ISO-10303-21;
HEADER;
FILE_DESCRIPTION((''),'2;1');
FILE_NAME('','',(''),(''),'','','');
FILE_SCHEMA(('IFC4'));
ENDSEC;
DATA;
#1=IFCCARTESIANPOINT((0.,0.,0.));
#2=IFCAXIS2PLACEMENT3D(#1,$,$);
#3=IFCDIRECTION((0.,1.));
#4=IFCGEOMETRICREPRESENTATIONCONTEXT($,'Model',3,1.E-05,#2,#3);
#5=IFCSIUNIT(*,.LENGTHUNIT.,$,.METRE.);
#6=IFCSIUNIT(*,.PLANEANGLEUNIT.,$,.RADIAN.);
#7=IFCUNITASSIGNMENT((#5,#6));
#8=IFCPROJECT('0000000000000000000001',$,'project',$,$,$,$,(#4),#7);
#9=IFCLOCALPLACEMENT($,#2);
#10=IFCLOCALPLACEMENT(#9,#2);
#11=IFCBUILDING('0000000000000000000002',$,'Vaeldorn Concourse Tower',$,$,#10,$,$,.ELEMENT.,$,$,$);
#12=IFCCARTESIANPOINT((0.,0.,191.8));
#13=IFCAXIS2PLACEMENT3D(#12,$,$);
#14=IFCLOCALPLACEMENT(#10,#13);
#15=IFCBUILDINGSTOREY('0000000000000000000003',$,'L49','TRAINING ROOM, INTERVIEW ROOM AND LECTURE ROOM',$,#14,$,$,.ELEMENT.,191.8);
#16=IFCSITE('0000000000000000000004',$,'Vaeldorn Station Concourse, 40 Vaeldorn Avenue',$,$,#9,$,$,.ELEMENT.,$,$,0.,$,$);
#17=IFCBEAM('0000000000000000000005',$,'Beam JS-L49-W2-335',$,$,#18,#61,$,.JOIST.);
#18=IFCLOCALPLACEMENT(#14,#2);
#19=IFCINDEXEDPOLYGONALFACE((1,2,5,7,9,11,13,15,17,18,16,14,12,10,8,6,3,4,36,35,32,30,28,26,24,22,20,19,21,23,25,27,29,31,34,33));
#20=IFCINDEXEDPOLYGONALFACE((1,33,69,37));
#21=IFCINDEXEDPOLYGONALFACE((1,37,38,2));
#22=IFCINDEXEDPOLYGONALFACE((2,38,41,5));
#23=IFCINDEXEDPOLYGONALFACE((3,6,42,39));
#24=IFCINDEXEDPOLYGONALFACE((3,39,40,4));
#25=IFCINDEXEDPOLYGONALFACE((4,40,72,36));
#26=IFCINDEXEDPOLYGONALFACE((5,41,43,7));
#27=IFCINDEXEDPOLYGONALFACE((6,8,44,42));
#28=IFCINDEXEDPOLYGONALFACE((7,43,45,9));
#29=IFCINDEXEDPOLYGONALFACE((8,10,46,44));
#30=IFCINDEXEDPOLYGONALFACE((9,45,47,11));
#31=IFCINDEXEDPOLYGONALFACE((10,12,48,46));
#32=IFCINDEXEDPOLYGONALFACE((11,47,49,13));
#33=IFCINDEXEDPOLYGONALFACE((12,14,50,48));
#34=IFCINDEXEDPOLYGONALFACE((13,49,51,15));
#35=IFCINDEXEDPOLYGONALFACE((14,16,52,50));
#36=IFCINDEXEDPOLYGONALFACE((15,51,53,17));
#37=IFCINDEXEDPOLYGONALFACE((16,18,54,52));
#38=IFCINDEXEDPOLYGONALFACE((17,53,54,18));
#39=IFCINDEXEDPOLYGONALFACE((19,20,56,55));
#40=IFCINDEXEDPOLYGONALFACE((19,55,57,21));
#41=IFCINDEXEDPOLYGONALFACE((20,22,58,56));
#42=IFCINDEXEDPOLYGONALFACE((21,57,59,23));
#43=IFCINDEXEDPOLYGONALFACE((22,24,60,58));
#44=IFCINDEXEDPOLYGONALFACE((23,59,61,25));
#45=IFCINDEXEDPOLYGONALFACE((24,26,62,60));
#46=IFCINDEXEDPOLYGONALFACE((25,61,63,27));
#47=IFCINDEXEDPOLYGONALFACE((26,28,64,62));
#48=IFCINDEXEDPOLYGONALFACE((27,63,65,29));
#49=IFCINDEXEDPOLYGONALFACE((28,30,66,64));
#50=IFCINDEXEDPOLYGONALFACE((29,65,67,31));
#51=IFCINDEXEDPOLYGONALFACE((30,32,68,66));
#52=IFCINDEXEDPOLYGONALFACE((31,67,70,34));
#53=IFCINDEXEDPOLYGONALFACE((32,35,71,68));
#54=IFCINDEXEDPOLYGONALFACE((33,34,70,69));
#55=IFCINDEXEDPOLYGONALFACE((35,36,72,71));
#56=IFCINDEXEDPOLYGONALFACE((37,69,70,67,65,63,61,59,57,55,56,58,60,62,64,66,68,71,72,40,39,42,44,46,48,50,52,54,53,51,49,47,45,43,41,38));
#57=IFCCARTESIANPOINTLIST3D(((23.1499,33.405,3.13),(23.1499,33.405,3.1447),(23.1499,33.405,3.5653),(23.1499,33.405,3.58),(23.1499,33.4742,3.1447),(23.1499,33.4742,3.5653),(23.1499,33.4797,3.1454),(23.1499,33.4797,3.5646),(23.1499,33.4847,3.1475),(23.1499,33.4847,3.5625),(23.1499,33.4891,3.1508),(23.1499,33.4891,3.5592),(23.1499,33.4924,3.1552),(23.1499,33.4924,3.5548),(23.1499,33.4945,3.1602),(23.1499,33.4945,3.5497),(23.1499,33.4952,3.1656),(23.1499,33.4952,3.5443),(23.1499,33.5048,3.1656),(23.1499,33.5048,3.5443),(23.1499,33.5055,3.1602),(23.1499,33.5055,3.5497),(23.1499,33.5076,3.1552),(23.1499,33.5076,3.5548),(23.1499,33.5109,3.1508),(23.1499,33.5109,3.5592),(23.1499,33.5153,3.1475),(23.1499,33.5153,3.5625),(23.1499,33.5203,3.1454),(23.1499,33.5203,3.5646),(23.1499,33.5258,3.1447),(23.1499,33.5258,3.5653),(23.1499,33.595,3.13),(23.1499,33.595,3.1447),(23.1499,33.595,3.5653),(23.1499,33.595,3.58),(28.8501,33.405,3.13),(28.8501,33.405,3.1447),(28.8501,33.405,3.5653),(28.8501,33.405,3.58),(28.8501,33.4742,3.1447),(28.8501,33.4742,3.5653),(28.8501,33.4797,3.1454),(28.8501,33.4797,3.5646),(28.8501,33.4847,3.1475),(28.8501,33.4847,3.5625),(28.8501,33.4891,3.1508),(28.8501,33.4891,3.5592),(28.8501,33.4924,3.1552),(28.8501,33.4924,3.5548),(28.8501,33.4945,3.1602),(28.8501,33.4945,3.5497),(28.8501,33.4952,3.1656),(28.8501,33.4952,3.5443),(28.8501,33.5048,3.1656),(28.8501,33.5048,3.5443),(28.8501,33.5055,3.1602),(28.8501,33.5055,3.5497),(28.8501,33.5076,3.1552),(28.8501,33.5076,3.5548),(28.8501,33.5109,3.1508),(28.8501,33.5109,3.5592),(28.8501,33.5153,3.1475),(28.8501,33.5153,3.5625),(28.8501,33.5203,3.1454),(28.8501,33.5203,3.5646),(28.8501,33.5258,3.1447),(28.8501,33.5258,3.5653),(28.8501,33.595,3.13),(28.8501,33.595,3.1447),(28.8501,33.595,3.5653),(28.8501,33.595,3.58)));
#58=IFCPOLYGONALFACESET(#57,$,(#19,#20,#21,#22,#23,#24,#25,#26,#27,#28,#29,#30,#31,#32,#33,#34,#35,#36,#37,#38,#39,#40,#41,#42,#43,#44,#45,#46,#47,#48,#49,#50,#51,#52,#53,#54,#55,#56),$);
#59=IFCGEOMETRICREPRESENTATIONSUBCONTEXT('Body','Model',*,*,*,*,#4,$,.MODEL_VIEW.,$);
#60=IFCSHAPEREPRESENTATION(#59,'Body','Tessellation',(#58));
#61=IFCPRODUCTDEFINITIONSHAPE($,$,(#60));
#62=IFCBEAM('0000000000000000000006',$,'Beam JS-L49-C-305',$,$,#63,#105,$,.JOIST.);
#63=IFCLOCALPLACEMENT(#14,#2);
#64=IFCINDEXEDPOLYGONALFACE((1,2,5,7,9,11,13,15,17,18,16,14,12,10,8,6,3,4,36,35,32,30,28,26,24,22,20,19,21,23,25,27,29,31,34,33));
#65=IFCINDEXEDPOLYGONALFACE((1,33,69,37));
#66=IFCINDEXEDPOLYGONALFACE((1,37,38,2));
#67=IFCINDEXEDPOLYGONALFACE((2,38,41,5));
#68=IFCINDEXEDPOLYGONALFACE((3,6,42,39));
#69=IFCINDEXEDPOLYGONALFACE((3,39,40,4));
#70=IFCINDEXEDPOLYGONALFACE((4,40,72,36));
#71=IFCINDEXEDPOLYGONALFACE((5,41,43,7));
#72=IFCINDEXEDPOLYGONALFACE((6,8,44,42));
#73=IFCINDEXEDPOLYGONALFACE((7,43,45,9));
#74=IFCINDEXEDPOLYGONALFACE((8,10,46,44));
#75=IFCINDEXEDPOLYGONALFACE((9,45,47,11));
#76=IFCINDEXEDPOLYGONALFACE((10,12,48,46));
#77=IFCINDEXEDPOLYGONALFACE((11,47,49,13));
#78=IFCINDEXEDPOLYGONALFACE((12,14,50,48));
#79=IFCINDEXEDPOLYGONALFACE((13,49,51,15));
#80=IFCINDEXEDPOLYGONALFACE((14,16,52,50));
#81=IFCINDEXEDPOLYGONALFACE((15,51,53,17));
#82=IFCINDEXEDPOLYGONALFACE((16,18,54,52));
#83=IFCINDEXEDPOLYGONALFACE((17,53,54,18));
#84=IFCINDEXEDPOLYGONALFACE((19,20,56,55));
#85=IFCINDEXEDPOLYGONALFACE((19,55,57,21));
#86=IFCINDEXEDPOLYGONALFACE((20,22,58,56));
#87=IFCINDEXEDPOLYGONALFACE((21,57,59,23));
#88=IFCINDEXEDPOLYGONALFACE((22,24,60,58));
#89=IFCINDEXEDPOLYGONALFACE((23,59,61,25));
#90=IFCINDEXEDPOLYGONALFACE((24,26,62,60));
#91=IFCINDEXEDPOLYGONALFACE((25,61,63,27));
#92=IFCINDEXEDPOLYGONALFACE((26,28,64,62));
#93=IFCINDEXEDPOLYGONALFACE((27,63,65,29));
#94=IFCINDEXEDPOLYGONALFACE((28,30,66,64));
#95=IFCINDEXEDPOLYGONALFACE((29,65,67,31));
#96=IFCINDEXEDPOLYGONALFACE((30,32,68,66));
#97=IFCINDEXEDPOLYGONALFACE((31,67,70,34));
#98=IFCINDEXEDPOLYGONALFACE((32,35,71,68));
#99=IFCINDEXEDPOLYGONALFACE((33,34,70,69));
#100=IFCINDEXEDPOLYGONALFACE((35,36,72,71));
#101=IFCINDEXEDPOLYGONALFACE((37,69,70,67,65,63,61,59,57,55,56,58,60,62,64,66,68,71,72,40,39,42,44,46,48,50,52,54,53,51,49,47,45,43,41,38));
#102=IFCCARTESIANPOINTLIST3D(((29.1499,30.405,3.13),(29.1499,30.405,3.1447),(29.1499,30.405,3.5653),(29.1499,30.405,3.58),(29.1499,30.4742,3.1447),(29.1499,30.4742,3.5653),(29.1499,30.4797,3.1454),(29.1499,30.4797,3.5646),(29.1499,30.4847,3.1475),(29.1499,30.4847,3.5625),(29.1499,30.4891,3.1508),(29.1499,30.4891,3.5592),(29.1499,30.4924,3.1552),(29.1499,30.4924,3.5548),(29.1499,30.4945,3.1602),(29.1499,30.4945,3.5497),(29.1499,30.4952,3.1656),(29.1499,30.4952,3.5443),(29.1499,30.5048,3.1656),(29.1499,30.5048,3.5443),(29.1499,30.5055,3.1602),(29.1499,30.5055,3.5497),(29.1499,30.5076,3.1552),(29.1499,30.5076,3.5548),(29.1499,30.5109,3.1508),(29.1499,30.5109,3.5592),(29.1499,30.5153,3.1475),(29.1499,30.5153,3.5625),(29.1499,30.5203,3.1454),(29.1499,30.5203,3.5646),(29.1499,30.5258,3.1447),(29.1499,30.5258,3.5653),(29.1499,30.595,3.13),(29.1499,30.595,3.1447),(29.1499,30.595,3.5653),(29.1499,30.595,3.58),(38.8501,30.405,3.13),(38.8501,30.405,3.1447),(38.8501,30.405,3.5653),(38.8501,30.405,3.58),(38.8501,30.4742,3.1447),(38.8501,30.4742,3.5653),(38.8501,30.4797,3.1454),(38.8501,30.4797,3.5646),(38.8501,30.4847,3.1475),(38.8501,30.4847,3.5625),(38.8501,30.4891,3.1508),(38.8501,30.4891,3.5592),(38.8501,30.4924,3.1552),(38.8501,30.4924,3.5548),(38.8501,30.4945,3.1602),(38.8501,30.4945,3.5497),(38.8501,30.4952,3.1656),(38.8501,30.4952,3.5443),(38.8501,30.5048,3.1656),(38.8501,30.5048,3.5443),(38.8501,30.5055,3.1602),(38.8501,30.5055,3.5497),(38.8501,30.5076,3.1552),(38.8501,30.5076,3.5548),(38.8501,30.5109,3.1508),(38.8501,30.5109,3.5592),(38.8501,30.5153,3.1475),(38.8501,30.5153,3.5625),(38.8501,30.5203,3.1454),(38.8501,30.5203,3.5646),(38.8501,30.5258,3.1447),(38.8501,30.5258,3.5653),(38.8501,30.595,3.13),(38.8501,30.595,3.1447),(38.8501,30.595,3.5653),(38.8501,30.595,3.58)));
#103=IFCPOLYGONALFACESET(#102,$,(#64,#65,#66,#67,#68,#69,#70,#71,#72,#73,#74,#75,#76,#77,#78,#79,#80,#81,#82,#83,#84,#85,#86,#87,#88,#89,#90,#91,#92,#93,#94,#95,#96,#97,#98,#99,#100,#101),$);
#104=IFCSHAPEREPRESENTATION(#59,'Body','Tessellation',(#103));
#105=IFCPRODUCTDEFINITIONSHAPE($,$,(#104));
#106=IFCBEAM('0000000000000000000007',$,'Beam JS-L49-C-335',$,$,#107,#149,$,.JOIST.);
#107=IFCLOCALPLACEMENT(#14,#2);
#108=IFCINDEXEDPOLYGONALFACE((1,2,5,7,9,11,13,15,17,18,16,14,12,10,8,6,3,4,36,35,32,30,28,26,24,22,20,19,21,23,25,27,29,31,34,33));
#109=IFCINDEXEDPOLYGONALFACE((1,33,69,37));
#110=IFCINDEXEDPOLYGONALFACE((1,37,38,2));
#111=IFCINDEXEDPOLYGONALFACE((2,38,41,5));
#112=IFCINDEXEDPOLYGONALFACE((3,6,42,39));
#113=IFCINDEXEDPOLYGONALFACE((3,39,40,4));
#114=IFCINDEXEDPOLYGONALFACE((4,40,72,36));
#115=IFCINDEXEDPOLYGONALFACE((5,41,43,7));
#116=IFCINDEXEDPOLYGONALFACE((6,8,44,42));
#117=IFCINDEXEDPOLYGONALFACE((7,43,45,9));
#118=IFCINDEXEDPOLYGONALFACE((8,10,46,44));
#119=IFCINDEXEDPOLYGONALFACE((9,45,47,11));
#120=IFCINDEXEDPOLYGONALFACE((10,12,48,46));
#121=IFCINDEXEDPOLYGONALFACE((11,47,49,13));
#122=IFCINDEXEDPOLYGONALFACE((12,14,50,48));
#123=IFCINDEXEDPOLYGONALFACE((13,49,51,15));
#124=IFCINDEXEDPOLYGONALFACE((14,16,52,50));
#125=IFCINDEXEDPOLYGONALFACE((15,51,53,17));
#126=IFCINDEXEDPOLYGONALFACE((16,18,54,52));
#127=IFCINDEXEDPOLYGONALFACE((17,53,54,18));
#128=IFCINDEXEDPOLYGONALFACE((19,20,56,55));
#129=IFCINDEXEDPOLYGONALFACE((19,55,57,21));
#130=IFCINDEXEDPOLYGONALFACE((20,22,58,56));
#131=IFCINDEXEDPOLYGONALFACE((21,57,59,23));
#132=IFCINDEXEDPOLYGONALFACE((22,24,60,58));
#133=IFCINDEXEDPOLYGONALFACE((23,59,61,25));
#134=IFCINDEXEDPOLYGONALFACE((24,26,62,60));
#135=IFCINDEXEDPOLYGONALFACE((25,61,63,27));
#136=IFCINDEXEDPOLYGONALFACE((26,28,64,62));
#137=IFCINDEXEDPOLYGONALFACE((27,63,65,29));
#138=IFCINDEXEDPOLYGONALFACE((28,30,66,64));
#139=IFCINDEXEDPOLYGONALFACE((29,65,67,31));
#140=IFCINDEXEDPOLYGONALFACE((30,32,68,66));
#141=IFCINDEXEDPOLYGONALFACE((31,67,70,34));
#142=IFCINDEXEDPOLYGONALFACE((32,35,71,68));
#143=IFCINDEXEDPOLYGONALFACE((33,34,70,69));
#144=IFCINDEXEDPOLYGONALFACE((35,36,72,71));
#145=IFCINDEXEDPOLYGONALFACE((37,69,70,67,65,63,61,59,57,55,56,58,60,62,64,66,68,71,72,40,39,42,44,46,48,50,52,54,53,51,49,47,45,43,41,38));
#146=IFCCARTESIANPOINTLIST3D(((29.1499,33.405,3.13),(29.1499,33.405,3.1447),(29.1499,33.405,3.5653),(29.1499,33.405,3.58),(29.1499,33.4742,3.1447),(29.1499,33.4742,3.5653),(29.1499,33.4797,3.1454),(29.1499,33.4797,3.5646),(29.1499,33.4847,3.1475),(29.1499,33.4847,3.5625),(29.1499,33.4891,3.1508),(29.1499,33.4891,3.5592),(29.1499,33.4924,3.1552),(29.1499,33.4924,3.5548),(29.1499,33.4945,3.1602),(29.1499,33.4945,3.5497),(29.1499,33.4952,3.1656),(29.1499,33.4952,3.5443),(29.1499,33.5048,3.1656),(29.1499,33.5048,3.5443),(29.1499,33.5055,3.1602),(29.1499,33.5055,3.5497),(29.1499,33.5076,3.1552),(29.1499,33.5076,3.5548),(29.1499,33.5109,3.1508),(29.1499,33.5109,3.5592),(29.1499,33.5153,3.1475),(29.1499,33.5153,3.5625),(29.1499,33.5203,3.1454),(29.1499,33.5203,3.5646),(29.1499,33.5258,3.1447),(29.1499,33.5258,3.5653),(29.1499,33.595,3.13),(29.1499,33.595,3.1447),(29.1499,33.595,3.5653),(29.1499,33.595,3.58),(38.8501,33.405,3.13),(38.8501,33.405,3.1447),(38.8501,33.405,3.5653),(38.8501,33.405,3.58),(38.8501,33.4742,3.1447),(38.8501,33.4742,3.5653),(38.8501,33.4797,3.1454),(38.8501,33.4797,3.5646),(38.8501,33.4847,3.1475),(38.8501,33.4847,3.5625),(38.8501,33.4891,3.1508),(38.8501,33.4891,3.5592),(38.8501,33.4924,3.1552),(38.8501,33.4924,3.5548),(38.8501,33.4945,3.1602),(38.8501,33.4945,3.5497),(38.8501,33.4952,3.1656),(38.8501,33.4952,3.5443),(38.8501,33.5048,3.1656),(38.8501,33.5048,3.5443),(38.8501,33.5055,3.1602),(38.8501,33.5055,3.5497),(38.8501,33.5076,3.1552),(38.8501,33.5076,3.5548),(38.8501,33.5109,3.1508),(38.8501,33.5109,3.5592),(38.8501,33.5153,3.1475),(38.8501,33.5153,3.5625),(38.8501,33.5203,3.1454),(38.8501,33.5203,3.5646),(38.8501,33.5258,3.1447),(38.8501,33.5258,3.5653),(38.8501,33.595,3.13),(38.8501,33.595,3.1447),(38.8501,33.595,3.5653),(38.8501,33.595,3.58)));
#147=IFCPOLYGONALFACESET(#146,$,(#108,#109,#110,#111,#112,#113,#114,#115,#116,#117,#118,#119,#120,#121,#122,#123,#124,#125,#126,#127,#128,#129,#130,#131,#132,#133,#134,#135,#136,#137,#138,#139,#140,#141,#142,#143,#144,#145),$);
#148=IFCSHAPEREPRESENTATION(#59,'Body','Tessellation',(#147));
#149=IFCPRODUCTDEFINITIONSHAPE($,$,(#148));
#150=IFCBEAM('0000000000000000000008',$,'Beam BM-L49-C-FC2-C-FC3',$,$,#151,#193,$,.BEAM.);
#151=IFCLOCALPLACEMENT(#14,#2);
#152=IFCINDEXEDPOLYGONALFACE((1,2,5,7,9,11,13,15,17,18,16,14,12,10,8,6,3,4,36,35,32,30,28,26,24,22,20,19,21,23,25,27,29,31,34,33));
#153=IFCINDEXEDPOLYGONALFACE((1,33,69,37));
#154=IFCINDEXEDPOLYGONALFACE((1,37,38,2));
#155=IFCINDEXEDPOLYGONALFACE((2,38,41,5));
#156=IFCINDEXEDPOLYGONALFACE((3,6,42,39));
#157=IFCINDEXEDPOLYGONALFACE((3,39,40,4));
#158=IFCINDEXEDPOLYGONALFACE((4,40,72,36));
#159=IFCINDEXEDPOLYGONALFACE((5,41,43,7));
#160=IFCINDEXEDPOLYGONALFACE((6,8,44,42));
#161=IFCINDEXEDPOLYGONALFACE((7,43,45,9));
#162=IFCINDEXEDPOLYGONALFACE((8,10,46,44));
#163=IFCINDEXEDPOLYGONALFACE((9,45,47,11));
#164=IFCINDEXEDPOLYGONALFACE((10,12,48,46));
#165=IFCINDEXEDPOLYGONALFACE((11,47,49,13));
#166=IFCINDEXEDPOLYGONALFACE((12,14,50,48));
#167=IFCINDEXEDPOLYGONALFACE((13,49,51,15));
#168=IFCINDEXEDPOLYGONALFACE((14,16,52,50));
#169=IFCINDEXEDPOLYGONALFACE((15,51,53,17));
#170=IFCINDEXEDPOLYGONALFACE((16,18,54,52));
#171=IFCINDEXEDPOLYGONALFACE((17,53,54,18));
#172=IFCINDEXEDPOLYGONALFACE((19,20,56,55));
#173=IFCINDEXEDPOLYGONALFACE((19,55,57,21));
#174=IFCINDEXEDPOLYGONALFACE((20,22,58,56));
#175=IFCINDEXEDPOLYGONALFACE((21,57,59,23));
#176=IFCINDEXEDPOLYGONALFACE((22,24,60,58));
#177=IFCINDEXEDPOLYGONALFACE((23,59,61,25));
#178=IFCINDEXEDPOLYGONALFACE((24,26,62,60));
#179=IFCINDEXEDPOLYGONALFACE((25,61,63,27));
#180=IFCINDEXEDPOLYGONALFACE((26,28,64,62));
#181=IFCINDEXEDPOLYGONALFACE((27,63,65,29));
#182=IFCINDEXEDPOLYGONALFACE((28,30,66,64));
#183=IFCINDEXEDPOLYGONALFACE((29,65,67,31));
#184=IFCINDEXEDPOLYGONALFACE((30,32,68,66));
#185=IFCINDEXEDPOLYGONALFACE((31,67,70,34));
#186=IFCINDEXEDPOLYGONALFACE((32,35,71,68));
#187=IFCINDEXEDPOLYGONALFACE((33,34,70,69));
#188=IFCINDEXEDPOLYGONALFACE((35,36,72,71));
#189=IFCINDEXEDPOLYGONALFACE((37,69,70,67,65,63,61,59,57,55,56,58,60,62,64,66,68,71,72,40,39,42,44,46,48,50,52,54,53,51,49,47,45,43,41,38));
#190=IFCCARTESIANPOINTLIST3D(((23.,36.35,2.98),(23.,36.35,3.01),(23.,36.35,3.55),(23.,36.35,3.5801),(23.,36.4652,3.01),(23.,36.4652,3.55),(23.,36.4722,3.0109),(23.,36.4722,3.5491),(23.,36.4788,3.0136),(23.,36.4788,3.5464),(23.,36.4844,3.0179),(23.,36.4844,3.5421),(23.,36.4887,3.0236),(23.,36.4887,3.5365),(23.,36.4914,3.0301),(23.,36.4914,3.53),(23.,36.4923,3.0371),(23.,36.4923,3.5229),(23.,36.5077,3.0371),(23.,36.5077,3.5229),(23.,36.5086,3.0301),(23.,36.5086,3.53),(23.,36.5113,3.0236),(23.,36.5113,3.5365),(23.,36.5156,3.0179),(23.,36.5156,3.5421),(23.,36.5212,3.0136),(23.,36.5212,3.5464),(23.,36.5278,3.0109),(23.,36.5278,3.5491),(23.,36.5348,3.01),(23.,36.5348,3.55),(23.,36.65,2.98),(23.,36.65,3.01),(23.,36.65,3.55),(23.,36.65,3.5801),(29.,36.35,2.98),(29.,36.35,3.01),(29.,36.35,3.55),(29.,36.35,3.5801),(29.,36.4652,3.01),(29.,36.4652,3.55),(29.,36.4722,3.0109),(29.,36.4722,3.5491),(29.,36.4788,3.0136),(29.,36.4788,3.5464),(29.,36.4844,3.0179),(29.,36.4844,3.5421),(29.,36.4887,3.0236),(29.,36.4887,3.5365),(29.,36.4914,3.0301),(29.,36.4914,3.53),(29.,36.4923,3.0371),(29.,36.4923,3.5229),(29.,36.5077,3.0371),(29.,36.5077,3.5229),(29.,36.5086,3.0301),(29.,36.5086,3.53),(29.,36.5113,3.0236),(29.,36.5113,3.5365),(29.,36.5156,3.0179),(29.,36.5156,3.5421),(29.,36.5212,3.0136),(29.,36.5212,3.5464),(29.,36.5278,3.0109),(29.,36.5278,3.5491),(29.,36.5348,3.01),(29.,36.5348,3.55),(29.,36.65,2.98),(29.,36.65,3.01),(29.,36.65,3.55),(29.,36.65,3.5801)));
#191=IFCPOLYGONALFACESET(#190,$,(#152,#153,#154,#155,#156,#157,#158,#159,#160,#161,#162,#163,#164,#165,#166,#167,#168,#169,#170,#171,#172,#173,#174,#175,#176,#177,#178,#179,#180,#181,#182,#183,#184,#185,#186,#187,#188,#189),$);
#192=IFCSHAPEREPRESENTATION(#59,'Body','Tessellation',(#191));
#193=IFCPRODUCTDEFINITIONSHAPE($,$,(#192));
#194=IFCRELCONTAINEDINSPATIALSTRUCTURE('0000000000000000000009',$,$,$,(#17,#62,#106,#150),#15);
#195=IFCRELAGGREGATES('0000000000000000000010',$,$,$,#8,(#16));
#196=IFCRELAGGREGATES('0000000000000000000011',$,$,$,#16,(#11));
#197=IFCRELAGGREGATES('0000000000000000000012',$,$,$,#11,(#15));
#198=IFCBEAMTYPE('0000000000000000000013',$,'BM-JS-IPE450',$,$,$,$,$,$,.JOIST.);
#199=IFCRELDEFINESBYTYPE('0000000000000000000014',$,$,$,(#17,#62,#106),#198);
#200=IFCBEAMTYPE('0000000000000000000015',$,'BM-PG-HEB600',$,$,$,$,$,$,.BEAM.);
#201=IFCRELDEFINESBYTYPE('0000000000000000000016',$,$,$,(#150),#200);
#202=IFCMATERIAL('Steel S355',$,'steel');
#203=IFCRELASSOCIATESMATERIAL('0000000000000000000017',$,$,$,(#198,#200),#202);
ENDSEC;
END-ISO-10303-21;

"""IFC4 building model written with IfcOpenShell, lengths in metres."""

from ifc_helpers import new_model, si_unit, direction, frame, origin, origin_2d, place, context, subcontext, project, spatial, i_section, extrude, source, transform, mapped, material, material_profile, profile_set, type_object, element, save


model = new_model("IFC4")

# Units and contexts
model_context = context("Model", 3, precision=1e-05, world=origin(), true_north=direction((0.0, 1.0)))
body_context = subcontext(model_context, "Body", "Model", "MODEL_VIEW")
ifc_project = project(units=[si_unit("LENGTHUNIT", "METRE"), si_unit("PLANEANGLEUNIT", "RADIAN")], contexts=[model_context])

# Site, building, storey
site_placement = place(None, origin())
site = spatial("IfcSite", under=ifc_project, at=site_placement, Name="Vaeldorn Station Concourse, 40 Vaeldorn Avenue", CompositionType="ELEMENT", RefElevation=0.0)
building_placement = place(site_placement, origin())
building = spatial("IfcBuilding", under=site, at=building_placement, Name="Vaeldorn Concourse Tower", CompositionType="ELEMENT")
storey_placement = place(building_placement, frame((0.0, 0.0, 191.8)))
storey = spatial("IfcBuildingStorey", under=building, at=storey_placement, Name="L49", Description="TRAINING ROOM, INTERVIEW ROOM AND LECTURE ROOM", CompositionType="ELEMENT", Elevation=191.8)

# Shared definitions
ifc_material_1 = material(Name="Steel S355", Category="steel")

# Beams
ifc_material_profile_1 = material_profile(ifc_material_1, i_section(OverallWidth=0.1899, OverallDepth=0.45, WebThickness=0.0095, FlangeThickness=0.0146, FilletRadius=0.021, at=origin_2d()), Name="IPE 450")
ifc_profile_set_1 = profile_set([ifc_material_profile_1], Name="Steel S355")
beam_type_1 = type_object("IfcBeamType", Name="BM-JS-IPE450", PredefinedType="JOIST", material=ifc_profile_set_1)
shared_shape_1 = source(origin(), body_context, "Body", "SweptSolid", [
    extrude(i_section(OverallWidth=0.1899, OverallDepth=0.45, WebThickness=0.0095, FlangeThickness=0.0146, FilletRadius=0.021, at=origin_2d()), origin(), (0.0, 0.0, 1.0), 5.7002),
])
for number, where, z_axis, x_axis, name in (
    (1, (23.1499, 33.5, 3.355), (1.0, 0.0, 0.0), (0.0, 1.0, 0.0), "Beam JS-L49-W2-335"),
):
    element("IfcBeam", number, at=place(storey_placement, frame(where, z_axis=z_axis, x_axis=x_axis)), inside=storey, type_object=beam_type_1, Name=name, PredefinedType="JOIST", context=body_context, shape_type="MappedRepresentation", body=[
        mapped(shared_shape_1, transform((0.0, 0.0, 0.0), scale=1.0)),
    ])
shared_shape_2 = source(origin(), body_context, "Body", "SweptSolid", [
    extrude(i_section(OverallWidth=0.1899, OverallDepth=0.45, WebThickness=0.0095, FlangeThickness=0.0146, FilletRadius=0.021, at=origin_2d()), origin(), (0.0, 0.0, 1.0), 9.7002),
])
for number, where, z_axis, x_axis, name in (
    (2, (29.1499, 30.5, 3.355), (1.0, 0.0, 0.0), (0.0, 1.0, 0.0), "Beam JS-L49-C-305"),
    (3, (29.1499, 33.5, 3.355), (1.0, 0.0, 0.0), (0.0, 1.0, 0.0), "Beam JS-L49-C-335"),
):
    element("IfcBeam", number, at=place(storey_placement, frame(where, z_axis=z_axis, x_axis=x_axis)), inside=storey, type_object=beam_type_1, Name=name, PredefinedType="JOIST", context=body_context, shape_type="MappedRepresentation", body=[
        mapped(shared_shape_2, transform((0.0, 0.0, 0.0), scale=1.0)),
    ])
ifc_material_profile_2 = material_profile(ifc_material_1, i_section(OverallWidth=0.3, OverallDepth=0.6001, WebThickness=0.0154, FlangeThickness=0.03, FilletRadius=0.0271, at=origin_2d()), Name="HEB 600")
ifc_profile_set_2 = profile_set([ifc_material_profile_2], Name="Steel S355")
beam_type_2 = type_object("IfcBeamType", Name="BM-PG-HEB600", PredefinedType="BEAM", material=ifc_profile_set_2)
shared_shape_3 = source(origin(), body_context, "Body", "SweptSolid", [
    extrude(i_section(OverallWidth=0.3, OverallDepth=0.6001, WebThickness=0.0154, FlangeThickness=0.03, FilletRadius=0.0271, at=origin_2d()), origin(), (0.0, 0.0, 1.0), 6.0),
])
beam_1_placement = place(storey_placement, frame((23.0, 36.5, 3.28), z_axis=(1.0, 0.0, 0.0), x_axis=(0.0, 1.0, 0.0)))
element("IfcBeam", 4, at=beam_1_placement, inside=storey, type_object=beam_type_2, Name="Beam BM-L49-C-FC2-C-FC3", PredefinedType="BEAM", context=body_context, shape_type="MappedRepresentation", body=[
    mapped(shared_shape_3, transform((0.0, 0.0, 0.0), scale=1.0)),
])

save(model, "model.ifc")
